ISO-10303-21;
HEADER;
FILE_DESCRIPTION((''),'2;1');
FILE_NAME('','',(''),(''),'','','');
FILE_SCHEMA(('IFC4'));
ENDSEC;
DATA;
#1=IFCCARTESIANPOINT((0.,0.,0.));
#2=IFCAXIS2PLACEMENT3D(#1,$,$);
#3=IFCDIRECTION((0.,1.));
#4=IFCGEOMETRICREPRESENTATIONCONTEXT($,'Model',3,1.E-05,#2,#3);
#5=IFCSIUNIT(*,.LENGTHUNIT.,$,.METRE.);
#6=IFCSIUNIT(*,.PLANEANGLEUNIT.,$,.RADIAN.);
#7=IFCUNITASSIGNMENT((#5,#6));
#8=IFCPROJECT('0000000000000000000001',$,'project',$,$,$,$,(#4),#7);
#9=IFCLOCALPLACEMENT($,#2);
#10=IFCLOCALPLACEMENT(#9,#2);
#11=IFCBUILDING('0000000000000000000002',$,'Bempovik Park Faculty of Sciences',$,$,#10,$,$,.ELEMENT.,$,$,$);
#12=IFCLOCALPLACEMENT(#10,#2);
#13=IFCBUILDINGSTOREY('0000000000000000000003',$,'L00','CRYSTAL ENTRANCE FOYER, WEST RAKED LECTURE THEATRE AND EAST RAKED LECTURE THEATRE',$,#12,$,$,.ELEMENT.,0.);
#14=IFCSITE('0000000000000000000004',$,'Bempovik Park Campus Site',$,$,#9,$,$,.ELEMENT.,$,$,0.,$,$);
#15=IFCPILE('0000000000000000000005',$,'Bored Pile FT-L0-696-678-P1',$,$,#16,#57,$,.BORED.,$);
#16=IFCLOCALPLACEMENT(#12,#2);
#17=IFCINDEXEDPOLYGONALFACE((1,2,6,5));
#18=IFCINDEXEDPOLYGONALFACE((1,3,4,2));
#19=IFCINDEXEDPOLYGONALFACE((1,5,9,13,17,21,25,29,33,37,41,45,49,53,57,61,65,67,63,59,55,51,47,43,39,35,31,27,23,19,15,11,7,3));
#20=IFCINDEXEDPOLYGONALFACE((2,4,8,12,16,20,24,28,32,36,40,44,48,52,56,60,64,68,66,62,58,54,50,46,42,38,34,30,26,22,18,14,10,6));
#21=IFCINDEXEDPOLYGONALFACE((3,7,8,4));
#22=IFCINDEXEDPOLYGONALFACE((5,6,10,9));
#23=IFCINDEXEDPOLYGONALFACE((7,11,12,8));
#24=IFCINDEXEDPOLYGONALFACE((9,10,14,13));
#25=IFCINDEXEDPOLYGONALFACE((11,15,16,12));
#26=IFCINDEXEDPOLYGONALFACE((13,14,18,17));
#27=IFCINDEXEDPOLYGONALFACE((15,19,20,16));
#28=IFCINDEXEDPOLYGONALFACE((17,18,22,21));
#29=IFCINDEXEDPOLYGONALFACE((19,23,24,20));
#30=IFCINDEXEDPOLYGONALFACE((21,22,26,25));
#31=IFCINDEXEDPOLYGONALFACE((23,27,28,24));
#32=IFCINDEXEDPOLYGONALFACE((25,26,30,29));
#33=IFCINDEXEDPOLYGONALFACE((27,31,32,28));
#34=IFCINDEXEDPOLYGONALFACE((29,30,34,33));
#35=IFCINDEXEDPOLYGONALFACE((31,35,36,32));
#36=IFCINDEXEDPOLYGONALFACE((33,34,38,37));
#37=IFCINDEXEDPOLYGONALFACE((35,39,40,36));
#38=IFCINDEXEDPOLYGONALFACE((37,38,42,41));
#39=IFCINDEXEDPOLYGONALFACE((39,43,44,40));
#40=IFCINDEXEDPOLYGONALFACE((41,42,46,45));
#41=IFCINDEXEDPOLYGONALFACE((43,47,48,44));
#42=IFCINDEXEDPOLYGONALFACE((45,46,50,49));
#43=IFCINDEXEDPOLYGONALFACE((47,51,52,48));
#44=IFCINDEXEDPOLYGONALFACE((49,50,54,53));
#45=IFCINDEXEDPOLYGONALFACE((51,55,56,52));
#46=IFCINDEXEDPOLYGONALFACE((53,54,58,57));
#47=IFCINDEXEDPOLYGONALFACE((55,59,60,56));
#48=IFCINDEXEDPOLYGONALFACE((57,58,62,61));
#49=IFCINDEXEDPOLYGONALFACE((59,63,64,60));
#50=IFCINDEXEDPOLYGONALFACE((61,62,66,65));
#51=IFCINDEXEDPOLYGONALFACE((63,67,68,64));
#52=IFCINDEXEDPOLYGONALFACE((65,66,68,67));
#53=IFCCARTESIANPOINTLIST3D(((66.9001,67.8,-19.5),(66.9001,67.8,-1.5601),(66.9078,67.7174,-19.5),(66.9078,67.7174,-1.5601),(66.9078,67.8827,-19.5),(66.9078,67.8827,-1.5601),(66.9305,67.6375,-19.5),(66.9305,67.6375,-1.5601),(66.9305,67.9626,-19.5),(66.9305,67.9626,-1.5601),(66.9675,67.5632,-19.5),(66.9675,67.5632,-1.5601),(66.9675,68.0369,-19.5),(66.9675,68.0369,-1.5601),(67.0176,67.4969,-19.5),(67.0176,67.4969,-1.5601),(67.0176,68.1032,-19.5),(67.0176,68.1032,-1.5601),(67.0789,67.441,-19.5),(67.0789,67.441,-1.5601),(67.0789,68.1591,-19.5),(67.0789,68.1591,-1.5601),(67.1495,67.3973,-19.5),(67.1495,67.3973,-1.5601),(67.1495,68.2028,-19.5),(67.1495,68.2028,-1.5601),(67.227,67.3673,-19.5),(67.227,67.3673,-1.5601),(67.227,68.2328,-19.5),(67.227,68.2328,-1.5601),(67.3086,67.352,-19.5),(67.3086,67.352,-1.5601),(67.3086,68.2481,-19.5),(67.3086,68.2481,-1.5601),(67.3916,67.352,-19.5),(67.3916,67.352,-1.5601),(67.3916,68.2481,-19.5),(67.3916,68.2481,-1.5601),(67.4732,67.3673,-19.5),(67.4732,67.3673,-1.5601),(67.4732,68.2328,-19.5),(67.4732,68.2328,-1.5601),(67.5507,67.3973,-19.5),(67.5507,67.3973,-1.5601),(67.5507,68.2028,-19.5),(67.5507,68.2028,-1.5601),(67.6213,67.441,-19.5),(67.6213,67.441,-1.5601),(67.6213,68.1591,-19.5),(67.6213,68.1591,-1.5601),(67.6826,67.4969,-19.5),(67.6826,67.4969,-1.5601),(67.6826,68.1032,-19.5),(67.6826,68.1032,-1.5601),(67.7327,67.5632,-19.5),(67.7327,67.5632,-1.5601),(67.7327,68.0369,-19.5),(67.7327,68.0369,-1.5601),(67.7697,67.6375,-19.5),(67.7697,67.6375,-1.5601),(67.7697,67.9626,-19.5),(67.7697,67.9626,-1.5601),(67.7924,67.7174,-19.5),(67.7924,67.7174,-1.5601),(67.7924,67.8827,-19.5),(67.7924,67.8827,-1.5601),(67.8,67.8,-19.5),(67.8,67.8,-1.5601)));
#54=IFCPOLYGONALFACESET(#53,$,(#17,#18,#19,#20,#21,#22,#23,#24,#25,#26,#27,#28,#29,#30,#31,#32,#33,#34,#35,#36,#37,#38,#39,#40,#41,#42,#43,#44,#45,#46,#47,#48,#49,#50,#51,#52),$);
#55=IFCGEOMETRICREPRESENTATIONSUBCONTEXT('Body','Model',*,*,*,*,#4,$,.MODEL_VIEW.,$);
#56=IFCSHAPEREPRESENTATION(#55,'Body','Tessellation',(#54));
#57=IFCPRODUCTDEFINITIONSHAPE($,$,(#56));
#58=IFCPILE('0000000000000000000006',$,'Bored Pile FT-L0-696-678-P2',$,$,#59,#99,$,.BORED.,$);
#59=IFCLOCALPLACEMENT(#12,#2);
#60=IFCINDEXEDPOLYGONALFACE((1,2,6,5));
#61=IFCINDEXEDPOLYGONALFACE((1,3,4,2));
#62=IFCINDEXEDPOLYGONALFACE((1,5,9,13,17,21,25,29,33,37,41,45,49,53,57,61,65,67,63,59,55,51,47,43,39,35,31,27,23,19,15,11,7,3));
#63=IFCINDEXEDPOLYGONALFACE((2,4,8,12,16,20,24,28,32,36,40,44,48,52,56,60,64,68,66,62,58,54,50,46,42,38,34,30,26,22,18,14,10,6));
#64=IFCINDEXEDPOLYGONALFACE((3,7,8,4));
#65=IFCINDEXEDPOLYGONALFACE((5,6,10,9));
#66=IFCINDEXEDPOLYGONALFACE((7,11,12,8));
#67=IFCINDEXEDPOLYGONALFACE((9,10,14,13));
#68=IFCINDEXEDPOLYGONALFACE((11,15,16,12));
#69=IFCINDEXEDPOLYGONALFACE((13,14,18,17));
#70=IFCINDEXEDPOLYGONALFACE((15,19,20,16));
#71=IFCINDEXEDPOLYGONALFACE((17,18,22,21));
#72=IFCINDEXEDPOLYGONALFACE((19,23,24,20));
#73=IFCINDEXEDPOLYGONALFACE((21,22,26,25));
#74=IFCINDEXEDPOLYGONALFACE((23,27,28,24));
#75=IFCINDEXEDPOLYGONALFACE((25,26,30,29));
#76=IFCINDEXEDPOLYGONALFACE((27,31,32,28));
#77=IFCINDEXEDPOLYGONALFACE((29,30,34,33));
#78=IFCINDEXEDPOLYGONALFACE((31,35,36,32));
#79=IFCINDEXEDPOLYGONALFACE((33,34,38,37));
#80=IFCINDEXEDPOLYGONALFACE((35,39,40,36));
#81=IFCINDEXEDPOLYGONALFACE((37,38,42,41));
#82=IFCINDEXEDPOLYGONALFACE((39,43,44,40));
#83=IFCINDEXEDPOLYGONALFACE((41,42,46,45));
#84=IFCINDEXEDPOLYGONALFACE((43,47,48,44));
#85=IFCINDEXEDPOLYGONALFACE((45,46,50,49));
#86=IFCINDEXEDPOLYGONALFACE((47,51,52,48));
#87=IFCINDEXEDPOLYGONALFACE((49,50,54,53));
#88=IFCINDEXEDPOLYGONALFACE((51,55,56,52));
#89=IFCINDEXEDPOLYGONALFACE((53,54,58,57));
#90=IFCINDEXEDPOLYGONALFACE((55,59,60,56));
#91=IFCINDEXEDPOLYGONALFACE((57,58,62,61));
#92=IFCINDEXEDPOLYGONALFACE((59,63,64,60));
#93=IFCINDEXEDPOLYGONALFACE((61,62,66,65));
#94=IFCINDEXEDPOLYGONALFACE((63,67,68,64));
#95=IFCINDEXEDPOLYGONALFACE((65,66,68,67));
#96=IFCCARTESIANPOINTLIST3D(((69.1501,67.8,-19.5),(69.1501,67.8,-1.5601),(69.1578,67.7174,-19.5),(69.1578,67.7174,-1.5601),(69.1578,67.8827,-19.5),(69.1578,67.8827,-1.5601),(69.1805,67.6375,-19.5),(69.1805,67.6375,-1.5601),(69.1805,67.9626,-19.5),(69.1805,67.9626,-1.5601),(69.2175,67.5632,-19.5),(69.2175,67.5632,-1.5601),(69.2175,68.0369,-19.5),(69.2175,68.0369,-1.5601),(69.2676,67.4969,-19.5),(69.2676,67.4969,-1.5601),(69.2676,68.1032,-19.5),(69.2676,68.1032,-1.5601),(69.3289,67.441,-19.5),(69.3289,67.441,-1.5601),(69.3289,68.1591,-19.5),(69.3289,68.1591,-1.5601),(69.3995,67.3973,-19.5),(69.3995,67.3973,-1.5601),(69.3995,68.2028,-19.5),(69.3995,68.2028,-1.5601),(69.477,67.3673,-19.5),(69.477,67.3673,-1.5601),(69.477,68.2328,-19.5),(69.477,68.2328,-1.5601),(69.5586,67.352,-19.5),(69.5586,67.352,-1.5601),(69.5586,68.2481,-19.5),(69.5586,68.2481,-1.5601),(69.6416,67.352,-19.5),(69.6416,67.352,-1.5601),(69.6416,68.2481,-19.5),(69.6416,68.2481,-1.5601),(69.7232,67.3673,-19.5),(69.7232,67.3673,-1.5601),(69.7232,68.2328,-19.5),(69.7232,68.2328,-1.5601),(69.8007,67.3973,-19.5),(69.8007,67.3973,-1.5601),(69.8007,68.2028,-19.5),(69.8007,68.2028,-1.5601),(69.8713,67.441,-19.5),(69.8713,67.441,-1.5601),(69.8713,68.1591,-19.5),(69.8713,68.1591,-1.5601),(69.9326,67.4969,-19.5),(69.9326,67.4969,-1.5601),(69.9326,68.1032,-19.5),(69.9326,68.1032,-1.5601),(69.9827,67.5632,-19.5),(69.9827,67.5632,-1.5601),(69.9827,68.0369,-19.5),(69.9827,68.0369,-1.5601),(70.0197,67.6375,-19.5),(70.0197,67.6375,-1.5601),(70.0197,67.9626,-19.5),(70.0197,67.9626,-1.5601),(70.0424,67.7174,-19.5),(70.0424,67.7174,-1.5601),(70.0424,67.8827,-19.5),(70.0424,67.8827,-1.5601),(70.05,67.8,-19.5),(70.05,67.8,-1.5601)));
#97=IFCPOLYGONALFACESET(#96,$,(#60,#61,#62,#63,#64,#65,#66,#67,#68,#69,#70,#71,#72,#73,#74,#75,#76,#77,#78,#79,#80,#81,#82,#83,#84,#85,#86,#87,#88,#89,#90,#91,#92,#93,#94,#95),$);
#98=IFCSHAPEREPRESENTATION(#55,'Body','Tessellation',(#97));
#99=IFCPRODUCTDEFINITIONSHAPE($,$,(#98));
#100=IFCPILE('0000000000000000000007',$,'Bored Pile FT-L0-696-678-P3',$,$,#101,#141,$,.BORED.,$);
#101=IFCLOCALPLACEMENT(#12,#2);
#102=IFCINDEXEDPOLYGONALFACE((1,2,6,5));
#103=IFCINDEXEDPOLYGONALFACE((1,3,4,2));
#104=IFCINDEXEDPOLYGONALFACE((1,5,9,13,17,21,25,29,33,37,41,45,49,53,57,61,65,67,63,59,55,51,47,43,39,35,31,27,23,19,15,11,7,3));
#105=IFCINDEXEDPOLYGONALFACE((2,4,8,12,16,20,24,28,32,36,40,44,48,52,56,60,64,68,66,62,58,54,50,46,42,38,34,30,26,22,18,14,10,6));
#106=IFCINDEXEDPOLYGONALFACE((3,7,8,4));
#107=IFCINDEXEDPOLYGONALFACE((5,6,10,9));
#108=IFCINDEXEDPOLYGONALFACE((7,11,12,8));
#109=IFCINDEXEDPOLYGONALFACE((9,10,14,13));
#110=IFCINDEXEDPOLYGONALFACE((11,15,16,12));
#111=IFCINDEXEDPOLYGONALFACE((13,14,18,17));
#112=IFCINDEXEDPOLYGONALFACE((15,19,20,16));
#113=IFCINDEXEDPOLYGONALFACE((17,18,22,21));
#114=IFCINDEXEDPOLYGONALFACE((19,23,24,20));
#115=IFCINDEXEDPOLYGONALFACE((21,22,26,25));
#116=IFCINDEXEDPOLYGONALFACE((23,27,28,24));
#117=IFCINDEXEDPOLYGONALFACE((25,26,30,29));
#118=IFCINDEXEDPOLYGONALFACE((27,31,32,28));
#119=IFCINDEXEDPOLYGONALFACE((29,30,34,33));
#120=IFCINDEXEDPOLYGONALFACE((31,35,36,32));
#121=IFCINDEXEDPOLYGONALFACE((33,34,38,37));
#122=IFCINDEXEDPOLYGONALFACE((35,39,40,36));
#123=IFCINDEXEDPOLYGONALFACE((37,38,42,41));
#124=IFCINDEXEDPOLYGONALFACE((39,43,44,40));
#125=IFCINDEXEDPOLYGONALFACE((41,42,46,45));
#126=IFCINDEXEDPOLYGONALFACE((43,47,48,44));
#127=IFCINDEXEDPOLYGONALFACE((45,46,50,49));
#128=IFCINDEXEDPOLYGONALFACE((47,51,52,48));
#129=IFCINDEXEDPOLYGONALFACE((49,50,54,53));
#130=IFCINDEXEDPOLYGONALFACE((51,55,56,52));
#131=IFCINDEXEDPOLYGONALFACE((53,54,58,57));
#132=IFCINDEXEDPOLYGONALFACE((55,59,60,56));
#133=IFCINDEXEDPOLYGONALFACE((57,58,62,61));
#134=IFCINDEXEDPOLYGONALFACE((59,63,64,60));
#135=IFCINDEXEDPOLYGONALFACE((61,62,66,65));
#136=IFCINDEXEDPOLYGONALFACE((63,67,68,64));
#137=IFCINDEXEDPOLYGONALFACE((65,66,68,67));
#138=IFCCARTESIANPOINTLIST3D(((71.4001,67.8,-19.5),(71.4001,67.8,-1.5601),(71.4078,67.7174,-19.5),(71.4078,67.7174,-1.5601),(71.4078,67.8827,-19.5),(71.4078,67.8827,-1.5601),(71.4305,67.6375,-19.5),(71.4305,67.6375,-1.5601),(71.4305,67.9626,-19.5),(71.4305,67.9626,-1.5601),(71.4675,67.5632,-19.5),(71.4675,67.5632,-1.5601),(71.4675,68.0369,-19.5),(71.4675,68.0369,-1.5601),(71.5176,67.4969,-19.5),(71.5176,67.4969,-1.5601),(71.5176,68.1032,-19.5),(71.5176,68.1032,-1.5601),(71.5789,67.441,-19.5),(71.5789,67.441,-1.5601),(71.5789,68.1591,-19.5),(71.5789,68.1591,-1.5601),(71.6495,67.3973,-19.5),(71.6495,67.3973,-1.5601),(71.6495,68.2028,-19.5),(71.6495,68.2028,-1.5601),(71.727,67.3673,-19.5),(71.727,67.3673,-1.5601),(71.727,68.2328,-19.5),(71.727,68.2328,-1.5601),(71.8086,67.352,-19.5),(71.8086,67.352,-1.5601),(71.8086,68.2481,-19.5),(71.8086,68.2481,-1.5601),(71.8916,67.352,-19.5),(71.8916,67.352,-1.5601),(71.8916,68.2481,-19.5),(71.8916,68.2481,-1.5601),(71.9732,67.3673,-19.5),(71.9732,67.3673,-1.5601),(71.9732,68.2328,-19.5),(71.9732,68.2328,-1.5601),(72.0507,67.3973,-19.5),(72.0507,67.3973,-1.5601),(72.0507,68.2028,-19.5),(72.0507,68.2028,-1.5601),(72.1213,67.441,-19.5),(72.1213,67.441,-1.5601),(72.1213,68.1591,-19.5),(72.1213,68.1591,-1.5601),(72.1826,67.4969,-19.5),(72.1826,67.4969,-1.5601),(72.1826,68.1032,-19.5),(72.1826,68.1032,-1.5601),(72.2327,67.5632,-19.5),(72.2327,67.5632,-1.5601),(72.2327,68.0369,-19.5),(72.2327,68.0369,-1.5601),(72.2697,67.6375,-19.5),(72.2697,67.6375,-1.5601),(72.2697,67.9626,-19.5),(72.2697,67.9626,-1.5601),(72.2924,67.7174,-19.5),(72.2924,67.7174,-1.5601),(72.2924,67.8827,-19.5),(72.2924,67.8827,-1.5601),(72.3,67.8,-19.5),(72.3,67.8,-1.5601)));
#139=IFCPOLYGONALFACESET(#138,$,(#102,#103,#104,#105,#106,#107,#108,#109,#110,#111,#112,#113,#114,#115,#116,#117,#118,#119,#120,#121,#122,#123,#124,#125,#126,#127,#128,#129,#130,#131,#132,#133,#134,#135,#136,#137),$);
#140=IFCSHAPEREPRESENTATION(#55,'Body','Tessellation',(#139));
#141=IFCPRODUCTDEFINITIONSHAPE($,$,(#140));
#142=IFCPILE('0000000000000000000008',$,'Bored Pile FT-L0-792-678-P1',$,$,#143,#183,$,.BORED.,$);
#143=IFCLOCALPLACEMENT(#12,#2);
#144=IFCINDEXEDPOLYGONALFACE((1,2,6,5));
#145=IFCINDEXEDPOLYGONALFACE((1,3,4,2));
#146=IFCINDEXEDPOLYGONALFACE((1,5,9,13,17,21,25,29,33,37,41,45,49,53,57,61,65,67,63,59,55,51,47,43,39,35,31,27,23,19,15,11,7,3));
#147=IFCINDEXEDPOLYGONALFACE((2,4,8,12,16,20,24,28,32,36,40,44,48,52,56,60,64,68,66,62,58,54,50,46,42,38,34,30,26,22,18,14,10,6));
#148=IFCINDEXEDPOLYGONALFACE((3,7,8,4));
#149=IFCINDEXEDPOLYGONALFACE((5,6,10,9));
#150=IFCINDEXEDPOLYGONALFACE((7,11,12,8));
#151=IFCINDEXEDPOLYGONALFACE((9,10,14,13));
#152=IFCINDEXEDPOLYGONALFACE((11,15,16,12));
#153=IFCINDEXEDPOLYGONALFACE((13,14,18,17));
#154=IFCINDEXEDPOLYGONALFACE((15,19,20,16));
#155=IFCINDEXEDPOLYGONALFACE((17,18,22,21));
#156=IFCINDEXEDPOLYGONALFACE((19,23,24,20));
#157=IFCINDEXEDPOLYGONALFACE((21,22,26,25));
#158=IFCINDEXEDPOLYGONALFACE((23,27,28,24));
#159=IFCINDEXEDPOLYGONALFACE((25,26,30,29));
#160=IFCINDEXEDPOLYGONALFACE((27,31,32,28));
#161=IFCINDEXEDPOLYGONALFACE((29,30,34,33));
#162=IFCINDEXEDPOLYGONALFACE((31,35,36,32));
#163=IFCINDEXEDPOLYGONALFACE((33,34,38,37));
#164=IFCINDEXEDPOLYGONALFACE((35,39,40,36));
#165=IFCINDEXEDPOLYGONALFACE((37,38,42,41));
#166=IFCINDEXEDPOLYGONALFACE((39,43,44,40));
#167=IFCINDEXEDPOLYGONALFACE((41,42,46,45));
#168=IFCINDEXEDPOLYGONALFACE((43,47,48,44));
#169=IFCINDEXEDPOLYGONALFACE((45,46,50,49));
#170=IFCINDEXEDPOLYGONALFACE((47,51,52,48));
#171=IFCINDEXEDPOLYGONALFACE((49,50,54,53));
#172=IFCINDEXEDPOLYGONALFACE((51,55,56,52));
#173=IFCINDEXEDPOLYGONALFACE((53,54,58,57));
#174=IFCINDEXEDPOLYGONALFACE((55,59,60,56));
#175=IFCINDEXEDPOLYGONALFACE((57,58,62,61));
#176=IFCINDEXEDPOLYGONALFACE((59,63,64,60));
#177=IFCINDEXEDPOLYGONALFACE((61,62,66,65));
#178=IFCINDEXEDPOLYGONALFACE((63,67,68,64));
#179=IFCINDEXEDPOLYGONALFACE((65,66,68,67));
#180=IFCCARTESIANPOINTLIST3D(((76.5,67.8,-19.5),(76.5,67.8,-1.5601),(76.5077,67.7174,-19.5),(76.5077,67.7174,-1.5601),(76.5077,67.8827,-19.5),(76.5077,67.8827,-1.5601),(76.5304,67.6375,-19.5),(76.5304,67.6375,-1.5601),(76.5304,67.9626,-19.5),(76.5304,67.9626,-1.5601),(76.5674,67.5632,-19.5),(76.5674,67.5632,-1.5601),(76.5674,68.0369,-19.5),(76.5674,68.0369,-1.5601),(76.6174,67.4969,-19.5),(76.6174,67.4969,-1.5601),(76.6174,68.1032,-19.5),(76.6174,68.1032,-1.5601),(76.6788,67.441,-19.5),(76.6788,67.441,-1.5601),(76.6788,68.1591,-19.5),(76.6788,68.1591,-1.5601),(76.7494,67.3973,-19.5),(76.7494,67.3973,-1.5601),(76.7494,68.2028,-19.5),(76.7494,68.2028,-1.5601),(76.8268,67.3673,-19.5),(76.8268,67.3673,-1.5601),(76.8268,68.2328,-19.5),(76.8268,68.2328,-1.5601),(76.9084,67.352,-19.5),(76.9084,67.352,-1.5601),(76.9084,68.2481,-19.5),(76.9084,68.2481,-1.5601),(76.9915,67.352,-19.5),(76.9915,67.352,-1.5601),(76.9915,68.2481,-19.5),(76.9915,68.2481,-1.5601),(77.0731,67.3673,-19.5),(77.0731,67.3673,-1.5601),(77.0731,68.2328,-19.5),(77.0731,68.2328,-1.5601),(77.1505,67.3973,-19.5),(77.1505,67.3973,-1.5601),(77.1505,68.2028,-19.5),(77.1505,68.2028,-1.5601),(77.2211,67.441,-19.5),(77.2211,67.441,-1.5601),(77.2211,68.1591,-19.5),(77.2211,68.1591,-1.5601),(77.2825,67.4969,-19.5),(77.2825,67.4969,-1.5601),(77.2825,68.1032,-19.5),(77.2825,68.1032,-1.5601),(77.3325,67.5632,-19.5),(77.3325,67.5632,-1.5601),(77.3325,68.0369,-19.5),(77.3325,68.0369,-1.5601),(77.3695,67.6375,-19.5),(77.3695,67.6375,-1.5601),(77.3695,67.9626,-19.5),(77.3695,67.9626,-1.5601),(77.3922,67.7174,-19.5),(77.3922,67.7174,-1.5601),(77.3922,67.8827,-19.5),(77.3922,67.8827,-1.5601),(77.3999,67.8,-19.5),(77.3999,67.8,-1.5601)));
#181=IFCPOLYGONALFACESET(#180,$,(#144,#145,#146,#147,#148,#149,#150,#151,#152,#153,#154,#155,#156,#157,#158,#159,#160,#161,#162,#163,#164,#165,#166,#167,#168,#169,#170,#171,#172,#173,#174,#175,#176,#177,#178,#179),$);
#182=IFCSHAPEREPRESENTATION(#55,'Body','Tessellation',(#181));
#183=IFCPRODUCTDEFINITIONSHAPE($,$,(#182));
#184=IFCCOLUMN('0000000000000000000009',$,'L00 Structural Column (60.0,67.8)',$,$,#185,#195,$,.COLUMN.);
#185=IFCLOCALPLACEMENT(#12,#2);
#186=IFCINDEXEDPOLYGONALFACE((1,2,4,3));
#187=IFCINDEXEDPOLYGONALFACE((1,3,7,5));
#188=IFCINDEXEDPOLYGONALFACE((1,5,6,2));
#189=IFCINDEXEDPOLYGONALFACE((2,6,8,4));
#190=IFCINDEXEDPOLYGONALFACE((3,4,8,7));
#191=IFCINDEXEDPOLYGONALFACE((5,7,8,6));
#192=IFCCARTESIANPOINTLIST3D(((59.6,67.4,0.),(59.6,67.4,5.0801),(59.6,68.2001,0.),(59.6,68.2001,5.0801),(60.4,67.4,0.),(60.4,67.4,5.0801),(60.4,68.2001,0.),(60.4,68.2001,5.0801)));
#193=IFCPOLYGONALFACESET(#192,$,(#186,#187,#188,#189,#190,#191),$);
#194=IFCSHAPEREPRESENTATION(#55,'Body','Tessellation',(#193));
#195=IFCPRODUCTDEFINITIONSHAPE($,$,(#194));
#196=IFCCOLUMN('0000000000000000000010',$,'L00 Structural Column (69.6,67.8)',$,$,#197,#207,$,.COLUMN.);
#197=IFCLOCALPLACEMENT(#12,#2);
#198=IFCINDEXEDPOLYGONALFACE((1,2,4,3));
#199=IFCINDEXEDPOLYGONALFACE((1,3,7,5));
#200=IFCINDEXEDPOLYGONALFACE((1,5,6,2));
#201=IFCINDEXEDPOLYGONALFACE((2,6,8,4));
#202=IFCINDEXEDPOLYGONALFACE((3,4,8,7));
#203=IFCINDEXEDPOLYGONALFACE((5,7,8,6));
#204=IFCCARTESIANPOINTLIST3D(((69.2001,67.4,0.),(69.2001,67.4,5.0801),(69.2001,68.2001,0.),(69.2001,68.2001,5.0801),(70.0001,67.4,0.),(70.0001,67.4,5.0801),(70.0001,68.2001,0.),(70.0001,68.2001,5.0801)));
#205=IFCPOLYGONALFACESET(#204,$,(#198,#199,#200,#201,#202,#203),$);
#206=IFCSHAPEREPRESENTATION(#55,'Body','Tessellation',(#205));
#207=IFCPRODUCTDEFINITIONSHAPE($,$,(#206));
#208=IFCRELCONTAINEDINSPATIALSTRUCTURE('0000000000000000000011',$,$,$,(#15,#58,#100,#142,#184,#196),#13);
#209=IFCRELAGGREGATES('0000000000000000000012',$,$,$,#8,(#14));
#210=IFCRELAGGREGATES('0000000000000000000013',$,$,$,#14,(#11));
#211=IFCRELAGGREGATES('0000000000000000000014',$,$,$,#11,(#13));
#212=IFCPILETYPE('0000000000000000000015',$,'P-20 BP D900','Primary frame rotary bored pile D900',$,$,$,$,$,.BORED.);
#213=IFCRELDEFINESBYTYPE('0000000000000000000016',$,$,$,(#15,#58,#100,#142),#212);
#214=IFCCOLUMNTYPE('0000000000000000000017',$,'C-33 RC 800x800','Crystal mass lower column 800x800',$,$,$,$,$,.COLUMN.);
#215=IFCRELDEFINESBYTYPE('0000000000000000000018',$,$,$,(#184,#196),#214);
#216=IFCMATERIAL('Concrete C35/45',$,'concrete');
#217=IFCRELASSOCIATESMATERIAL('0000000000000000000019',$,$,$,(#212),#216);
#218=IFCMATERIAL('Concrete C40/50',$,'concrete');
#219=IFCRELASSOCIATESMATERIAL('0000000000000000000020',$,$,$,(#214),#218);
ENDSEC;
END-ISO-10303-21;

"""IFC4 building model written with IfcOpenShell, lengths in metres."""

from ifc_helpers import new_model, si_unit, direction, frame, origin, origin_2d, place, context, subcontext, project, spatial, rectangle, circle, extrude, material, material_profile, profile_set, type_object, element, save


model = new_model("IFC4")

# Units and contexts
model_context = context("Model", 3, precision=1e-05, world=origin(), true_north=direction((0.0, 1.0)))
body_context = subcontext(model_context, "Body", "Model", "MODEL_VIEW")
ifc_project = project(units=[si_unit("LENGTHUNIT", "METRE"), si_unit("PLANEANGLEUNIT", "RADIAN")], contexts=[model_context])

# Site, building, storey
site_placement = place(None, origin())
site = spatial("IfcSite", under=ifc_project, at=site_placement, Name="Bempovik Park Campus Site", CompositionType="ELEMENT", RefElevation=0.0)
building_placement = place(site_placement, origin())
building = spatial("IfcBuilding", under=site, at=building_placement, Name="Bempovik Park Faculty of Sciences", CompositionType="ELEMENT")
storey_placement = place(building_placement, origin())
storey = spatial("IfcBuildingStorey", under=building, at=storey_placement, Name="L00", Description="CRYSTAL ENTRANCE FOYER, WEST RAKED LECTURE THEATRE AND EAST RAKED LECTURE THEATRE", CompositionType="ELEMENT", Elevation=0.0)

# Shared definitions
ifc_material_1 = material(Name="Concrete C35/45", Category="concrete")

# Piles
ifc_material_profile_1 = material_profile(ifc_material_1, circle(Radius=0.45, at=origin_2d()), Name="BP D900")
ifc_profile_set_1 = profile_set([ifc_material_profile_1], Name="Concrete C35/45")
pile_type = type_object("IfcPileType", Name="P-20 BP D900", Description="Primary frame rotary bored pile D900", PredefinedType="BORED", material=ifc_profile_set_1)
for number, where, z_axis, x_axis, name in (
    (1, (67.3501, 67.8, -1.5601), (0.0, 0.0, -1.0), (1.0, 0.0, 0.0), "Bored Pile FT-L0-696-678-P1"),
    (2, (69.6001, 67.8, -1.5601), (0.0, 0.0, -1.0), (1.0, 0.0, 0.0), "Bored Pile FT-L0-696-678-P2"),
    (3, (71.8501, 67.8, -1.5601), (0.0, 0.0, -1.0), (1.0, 0.0, 0.0), "Bored Pile FT-L0-696-678-P3"),
    (4, (76.95, 67.8, -1.5601), (0.0, 0.0, -1.0), (1.0, 0.0, 0.0), "Bored Pile FT-L0-792-678-P1"),
):
    element("IfcPile", number, at=place(storey_placement, frame(where, z_axis=z_axis, x_axis=x_axis)), inside=storey, type_object=pile_type, Name=name, PredefinedType="BORED", context=body_context, shape_type="SweptSolid", body=[
        extrude(circle(Radius=0.45, at=origin_2d()), origin(), (0.0, 0.0, 1.0), 17.9399),
    ])

# Columns
ifc_material_2 = material(Name="Concrete C40/50", Category="concrete")
ifc_material_profile_2 = material_profile(ifc_material_2, rectangle(XDim=0.8, YDim=0.8, at=origin_2d()), Name="RC 800x800")
ifc_profile_set_2 = profile_set([ifc_material_profile_2], Name="Concrete C40/50")
column_type = type_object("IfcColumnType", Name="C-33 RC 800x800", Description="Crystal mass lower column 800x800", PredefinedType="COLUMN", material=ifc_profile_set_2)
for number, where, z_axis, x_axis, name in (
    (5, (60.0, 67.8, 0.0), (0.0, 0.0, 1.0), (1.0, 0.0, 0.0), "L00 Structural Column (60.0,67.8)"),
    (6, (69.6001, 67.8, 0.0), (0.0, 0.0, 1.0), (1.0, 0.0, 0.0), "L00 Structural Column (69.6,67.8)"),
):
    element("IfcColumn", number, at=place(storey_placement, frame(where, z_axis=z_axis, x_axis=x_axis)), inside=storey, type_object=column_type, Name=name, PredefinedType="COLUMN", context=body_context, shape_type="SweptSolid", body=[
        extrude(rectangle(XDim=0.8, YDim=0.8, at=origin_2d()), origin(), (0.0, 0.0, 1.0), 5.0801),
    ])

save(model, "model.ifc")
